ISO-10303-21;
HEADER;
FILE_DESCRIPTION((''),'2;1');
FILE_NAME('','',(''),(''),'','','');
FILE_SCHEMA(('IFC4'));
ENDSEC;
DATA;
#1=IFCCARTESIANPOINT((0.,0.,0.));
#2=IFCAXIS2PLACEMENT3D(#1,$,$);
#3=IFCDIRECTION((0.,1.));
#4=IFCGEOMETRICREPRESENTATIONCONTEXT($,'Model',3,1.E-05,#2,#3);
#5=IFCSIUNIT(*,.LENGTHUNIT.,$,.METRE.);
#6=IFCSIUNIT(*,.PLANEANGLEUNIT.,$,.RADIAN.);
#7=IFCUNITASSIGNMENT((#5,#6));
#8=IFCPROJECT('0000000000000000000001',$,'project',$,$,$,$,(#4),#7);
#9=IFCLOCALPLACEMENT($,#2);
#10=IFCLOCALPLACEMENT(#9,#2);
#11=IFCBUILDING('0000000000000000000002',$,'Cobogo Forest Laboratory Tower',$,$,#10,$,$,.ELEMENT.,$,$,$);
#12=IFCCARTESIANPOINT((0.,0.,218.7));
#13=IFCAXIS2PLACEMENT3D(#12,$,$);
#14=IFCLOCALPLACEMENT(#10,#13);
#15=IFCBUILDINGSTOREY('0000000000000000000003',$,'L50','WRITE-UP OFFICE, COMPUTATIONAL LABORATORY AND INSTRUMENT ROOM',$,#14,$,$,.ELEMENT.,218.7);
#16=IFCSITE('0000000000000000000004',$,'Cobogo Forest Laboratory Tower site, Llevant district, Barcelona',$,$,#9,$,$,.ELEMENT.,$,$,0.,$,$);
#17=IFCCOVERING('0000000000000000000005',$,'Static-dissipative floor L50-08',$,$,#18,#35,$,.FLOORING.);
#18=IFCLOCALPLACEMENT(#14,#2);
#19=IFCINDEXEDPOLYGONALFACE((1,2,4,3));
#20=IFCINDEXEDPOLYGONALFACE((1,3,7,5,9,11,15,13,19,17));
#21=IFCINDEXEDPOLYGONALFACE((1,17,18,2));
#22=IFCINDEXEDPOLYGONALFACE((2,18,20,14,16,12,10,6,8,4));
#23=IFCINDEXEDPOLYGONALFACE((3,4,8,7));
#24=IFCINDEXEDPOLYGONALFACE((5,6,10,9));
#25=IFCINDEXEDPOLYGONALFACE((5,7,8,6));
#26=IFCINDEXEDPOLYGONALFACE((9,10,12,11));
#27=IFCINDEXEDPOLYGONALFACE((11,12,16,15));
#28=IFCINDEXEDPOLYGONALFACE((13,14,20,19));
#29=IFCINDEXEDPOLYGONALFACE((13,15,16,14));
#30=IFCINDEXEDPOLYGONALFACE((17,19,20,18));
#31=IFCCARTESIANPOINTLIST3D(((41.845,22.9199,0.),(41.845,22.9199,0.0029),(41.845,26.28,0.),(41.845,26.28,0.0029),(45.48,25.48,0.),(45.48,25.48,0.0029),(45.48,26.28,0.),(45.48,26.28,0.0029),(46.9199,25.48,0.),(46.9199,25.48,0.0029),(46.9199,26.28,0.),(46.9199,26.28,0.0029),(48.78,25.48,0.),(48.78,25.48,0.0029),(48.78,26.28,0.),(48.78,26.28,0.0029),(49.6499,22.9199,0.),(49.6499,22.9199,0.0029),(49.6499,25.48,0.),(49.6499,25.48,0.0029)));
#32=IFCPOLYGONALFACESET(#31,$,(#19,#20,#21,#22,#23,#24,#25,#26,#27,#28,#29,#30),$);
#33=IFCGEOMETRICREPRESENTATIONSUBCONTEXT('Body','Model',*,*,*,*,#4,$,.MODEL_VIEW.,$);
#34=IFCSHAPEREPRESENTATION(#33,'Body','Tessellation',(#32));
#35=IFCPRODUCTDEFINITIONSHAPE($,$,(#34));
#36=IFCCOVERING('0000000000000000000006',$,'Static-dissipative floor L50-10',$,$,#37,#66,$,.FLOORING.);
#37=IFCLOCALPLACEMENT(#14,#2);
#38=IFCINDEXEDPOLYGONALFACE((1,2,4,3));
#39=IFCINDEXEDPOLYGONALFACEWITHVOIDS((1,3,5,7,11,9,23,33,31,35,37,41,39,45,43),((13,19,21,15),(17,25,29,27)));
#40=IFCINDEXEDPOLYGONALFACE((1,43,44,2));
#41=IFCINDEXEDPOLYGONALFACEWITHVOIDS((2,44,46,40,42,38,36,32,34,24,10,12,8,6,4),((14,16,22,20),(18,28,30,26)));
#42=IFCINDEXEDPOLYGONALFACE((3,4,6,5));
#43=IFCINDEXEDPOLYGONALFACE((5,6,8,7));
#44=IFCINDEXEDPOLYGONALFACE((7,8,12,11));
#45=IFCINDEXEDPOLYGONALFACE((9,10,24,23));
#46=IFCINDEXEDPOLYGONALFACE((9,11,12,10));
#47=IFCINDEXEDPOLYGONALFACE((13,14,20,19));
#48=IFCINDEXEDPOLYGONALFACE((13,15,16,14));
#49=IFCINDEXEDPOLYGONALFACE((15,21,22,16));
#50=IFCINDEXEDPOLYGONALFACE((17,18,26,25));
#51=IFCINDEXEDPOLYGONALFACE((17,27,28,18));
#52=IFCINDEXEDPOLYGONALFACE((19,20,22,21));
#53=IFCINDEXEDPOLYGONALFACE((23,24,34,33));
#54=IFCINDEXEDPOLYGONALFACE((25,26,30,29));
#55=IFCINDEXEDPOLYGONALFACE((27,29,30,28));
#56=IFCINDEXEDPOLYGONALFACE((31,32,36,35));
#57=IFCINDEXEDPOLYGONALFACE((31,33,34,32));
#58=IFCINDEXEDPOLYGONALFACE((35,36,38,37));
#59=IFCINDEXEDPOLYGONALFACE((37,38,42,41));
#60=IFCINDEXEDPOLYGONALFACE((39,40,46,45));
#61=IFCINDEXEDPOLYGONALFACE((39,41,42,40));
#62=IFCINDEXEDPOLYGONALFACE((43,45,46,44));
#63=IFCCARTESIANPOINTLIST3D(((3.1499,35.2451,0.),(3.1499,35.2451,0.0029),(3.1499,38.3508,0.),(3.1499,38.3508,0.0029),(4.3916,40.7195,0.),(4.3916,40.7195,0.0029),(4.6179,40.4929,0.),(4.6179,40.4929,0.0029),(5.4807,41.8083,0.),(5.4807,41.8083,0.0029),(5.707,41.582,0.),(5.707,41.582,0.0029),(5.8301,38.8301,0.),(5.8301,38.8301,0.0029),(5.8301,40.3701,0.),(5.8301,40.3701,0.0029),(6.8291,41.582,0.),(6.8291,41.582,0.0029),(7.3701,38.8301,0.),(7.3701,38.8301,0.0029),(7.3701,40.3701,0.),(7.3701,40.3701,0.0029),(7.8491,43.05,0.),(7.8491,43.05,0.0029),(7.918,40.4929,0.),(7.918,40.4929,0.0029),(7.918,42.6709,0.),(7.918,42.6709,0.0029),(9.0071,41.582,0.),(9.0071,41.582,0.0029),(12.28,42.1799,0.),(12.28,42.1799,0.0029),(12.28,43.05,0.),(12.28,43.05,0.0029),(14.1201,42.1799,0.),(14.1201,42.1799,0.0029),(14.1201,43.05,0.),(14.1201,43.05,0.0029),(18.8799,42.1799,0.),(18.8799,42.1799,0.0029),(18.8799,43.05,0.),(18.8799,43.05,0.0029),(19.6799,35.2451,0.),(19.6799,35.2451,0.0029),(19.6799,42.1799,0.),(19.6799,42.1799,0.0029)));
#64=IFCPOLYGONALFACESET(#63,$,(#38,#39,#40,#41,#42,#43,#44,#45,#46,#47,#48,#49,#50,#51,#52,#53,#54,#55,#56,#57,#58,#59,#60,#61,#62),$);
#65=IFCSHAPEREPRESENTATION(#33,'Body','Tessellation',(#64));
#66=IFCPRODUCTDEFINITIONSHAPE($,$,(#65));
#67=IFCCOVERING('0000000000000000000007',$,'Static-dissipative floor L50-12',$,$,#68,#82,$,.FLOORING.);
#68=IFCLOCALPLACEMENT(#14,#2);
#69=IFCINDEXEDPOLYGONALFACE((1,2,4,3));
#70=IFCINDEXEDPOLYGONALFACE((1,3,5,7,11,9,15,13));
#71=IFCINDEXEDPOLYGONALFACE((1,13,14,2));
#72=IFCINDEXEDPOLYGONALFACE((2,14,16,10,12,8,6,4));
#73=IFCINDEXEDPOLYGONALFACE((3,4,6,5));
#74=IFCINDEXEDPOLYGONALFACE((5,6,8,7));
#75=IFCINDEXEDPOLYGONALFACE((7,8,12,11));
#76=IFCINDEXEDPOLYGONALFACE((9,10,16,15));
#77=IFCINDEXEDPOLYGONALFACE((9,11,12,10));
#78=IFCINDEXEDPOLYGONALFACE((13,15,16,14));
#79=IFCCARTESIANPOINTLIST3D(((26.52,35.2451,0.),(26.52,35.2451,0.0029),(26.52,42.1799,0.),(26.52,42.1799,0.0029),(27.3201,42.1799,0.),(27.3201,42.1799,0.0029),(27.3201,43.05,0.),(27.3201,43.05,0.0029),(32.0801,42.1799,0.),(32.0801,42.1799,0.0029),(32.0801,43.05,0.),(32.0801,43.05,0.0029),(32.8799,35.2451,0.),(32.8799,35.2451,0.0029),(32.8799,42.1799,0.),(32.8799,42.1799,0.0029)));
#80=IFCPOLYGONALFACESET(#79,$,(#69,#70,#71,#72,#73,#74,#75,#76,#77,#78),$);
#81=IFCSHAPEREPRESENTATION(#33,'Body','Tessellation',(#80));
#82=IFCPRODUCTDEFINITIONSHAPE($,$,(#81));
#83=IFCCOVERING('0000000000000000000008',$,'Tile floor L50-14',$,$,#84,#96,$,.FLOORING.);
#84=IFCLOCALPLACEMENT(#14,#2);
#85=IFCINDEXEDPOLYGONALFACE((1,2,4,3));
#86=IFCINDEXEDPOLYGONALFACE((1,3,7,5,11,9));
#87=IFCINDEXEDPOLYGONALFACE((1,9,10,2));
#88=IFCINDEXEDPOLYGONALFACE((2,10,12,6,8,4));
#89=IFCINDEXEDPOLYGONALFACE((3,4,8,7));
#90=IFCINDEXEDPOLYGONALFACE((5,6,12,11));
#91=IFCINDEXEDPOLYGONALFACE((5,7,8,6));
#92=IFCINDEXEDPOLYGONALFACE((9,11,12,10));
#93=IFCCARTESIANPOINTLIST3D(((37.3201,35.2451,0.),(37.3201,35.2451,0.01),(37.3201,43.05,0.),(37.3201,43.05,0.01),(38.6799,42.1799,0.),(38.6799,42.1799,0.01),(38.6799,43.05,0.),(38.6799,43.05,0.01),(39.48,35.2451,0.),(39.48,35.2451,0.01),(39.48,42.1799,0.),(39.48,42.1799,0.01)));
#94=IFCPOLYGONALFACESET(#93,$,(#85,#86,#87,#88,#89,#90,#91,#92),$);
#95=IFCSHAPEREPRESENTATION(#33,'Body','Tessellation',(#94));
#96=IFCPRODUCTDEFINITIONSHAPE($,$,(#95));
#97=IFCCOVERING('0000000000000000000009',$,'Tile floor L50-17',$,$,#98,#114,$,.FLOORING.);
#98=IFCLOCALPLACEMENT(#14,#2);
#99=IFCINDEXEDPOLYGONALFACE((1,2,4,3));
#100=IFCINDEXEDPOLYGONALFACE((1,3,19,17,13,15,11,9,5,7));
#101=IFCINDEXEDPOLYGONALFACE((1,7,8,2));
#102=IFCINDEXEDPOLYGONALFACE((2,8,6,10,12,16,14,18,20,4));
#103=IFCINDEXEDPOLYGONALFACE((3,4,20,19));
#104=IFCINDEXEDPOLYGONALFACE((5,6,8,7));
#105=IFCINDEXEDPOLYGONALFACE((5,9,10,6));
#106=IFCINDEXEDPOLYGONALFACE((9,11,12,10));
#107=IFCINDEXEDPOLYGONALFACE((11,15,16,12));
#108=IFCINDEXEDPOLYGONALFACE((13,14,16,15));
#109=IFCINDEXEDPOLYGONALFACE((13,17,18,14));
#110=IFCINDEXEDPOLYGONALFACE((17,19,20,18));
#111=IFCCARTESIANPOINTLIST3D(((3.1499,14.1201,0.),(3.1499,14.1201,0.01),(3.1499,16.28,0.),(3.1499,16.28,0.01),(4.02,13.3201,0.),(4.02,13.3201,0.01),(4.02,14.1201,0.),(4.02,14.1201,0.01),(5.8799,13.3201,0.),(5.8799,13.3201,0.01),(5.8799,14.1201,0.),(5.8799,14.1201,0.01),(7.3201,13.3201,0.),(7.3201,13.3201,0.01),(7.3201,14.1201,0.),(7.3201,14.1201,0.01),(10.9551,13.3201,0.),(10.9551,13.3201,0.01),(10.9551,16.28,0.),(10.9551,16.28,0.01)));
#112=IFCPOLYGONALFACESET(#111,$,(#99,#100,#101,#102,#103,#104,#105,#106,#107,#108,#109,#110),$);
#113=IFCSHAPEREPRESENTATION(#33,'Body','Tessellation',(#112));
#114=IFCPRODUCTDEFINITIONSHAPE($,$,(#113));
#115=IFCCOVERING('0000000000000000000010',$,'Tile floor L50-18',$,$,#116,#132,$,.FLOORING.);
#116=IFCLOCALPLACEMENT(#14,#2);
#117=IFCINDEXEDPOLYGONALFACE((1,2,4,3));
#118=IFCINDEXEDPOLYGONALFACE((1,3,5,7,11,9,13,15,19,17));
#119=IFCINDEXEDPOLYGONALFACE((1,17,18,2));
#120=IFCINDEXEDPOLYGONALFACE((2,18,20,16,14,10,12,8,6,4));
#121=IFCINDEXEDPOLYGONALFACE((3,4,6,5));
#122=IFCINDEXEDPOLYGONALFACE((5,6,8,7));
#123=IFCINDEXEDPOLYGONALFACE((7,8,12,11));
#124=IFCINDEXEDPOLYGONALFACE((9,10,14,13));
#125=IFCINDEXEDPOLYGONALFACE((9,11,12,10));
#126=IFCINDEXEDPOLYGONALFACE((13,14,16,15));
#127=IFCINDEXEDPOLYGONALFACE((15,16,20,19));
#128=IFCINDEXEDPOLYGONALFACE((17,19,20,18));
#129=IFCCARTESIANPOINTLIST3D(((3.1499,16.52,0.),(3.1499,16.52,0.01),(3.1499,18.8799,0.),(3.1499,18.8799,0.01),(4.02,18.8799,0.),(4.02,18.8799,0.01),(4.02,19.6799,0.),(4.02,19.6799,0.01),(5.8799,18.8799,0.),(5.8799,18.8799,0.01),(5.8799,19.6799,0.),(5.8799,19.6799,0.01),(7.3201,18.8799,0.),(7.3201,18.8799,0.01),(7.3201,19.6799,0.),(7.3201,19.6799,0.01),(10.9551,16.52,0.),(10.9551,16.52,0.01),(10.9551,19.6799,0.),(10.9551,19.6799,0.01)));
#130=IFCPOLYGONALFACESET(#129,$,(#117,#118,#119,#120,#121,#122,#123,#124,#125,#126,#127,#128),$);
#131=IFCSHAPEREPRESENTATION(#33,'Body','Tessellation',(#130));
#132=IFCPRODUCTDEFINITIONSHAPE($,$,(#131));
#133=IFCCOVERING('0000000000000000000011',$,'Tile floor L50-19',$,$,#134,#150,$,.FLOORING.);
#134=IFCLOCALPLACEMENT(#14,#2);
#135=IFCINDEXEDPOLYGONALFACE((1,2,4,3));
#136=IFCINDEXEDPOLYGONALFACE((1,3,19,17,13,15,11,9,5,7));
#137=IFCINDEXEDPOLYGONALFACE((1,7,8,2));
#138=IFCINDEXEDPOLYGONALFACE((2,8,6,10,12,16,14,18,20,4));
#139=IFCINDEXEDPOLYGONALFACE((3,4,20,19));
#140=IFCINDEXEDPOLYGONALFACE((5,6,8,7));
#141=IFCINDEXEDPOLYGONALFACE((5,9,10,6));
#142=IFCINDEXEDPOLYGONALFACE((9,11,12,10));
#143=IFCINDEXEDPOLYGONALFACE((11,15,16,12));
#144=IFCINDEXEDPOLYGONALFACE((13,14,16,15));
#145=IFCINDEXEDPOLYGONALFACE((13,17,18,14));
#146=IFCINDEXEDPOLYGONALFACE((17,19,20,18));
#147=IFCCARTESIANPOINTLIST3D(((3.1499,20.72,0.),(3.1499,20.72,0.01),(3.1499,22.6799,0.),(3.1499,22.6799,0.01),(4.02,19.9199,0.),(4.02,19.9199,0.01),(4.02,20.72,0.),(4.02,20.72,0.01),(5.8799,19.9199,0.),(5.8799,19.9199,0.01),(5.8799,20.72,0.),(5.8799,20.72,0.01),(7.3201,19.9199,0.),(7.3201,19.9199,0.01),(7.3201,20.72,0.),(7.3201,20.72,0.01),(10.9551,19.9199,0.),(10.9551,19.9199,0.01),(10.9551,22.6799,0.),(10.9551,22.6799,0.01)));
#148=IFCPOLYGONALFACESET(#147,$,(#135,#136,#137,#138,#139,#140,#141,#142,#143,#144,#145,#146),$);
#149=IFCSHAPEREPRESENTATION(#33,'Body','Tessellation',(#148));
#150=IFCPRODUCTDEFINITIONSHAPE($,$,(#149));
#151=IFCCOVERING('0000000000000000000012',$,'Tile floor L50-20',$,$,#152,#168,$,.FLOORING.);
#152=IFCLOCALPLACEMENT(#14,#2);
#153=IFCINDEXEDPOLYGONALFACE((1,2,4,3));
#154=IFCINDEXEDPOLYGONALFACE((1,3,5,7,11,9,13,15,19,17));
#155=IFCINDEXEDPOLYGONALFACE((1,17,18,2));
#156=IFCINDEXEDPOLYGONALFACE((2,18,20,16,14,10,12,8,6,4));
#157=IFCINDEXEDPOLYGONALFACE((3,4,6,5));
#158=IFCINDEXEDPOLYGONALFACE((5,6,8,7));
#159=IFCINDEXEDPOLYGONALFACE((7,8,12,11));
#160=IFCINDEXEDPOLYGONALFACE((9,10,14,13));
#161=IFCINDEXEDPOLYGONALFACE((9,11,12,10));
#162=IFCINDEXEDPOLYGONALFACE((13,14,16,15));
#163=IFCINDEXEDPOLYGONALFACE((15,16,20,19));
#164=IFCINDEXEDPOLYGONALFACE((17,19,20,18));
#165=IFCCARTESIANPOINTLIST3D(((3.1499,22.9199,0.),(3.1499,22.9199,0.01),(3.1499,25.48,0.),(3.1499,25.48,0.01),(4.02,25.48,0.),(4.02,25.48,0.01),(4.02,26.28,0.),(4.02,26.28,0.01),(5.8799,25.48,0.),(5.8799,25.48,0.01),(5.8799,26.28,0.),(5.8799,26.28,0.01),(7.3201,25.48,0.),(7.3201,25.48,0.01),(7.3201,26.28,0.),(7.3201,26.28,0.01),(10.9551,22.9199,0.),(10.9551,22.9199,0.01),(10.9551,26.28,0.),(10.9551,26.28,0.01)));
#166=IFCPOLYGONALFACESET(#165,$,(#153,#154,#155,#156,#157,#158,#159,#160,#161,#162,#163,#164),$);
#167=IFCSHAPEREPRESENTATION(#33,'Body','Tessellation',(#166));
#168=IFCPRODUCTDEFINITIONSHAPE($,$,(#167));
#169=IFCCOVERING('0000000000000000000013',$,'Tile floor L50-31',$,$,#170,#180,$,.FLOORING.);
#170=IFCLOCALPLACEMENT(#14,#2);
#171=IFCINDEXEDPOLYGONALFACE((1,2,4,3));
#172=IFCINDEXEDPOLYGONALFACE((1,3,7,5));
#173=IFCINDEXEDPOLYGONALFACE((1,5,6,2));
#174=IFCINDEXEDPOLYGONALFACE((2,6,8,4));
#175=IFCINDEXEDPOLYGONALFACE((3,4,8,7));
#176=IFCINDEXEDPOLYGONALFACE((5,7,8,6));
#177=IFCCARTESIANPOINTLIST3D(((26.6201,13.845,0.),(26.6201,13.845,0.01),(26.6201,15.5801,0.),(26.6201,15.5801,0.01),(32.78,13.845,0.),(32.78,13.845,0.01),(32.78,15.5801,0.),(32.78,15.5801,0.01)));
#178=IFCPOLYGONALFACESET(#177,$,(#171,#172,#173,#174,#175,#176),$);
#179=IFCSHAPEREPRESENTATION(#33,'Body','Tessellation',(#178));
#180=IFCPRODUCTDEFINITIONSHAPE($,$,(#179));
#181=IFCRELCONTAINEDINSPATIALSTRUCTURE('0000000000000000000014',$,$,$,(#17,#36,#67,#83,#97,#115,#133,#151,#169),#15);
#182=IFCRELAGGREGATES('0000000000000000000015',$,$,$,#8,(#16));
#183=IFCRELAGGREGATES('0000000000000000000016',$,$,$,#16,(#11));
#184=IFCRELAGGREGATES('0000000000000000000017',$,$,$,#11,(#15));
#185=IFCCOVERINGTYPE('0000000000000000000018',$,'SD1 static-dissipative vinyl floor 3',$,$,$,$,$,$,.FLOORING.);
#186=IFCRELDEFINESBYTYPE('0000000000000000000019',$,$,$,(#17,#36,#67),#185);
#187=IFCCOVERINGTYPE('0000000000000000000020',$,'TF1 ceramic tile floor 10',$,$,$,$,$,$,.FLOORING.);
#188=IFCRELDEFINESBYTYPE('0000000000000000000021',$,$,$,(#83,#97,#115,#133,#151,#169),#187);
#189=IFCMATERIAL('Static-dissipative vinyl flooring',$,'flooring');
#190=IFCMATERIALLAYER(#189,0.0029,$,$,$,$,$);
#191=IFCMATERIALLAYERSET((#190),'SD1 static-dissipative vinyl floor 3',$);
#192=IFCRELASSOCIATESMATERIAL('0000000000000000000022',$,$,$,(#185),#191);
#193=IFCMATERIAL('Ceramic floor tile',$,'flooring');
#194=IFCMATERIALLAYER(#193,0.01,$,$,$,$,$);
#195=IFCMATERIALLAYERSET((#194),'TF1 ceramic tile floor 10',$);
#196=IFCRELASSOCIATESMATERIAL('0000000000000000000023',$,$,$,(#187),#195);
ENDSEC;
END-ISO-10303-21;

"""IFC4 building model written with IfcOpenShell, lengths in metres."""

from ifc_helpers import new_model, si_unit, direction, frame, origin, place, context, subcontext, project, spatial, polyline, outline, extrude, material, layer, layer_set, type_object, element, save


model = new_model("IFC4")

# Units and contexts
model_context = context("Model", 3, precision=1e-05, world=origin(), true_north=direction((0.0, 1.0)))
body_context = subcontext(model_context, "Body", "Model", "MODEL_VIEW")
ifc_project = project(units=[si_unit("LENGTHUNIT", "METRE"), si_unit("PLANEANGLEUNIT", "RADIAN")], contexts=[model_context])

# Site, building, storey
site_placement = place(None, origin())
site = spatial("IfcSite", under=ifc_project, at=site_placement, Name="Cobogo Forest Laboratory Tower site, Llevant district, Barcelona", CompositionType="ELEMENT", RefElevation=0.0)
building_placement = place(site_placement, origin())
building = spatial("IfcBuilding", under=site, at=building_placement, Name="Cobogo Forest Laboratory Tower", CompositionType="ELEMENT")
storey_placement = place(building_placement, frame((0.0, 0.0, 218.7)))
storey = spatial("IfcBuildingStorey", under=building, at=storey_placement, Name="L50", Description="WRITE-UP OFFICE, COMPUTATIONAL LABORATORY AND INSTRUMENT ROOM", CompositionType="ELEMENT", Elevation=218.7)

# Coverings
ifc_material_1 = material(Name="Static-dissipative vinyl flooring", Category="flooring")
ifc_layer_1 = layer(ifc_material_1, 0.0029)
ifc_layer_set_1 = layer_set([ifc_layer_1], Name="SD1 static-dissipative vinyl floor 3")
covering_type_1 = type_object("IfcCoveringType", Name="SD1 static-dissipative vinyl floor 3", PredefinedType="FLOORING", material=ifc_layer_set_1)
covering_1_placement = place(storey_placement, origin())
element("IfcCovering", 1, at=covering_1_placement, inside=storey, type_object=covering_type_1, Name="Static-dissipative floor L50-08", PredefinedType="FLOORING", context=body_context, shape_type="SweptSolid", body=[
    extrude(outline(polyline([(41.845, 26.28), (45.48, 26.28), (45.48, 25.48), (46.9199, 25.48), (46.9199, 26.28), (48.78, 26.28), (48.78, 25.48), (49.6499, 25.48), (49.6499, 22.9199), (41.845, 22.9199), (41.845, 26.28)])), origin(), (0.0, 0.0, 1.0), 0.0029),
])
covering_2_placement = place(storey_placement, origin())
element("IfcCovering", 2, at=covering_2_placement, inside=storey, type_object=covering_type_1, Name="Static-dissipative floor L50-10", PredefinedType="FLOORING", context=body_context, shape_type="SweptSolid", body=[
    extrude(outline(polyline([(3.1499, 35.2451), (3.1499, 38.3508), (4.3916, 40.7195), (4.6179, 40.4929), (5.707, 41.582), (5.4807, 41.8083), (7.8491, 43.05), (12.28, 43.05), (12.28, 42.1799), (14.1201, 42.1799), (14.1201, 43.05), (18.8799, 43.05), (18.8799, 42.1799), (19.6799, 42.1799), (19.6799, 35.2451), (3.1499, 35.2451)]), holes=[polyline([(7.918, 40.4929), (9.0071, 41.582), (7.918, 42.6709), (6.8291, 41.582), (7.918, 40.4929)]), polyline([(5.8301, 38.8301), (7.3701, 38.8301), (7.3701, 40.3701), (5.8301, 40.3701), (5.8301, 38.8301)])]), origin(), (0.0, 0.0, 1.0), 0.0029),
])
covering_3_placement = place(storey_placement, origin())
element("IfcCovering", 3, at=covering_3_placement, inside=storey, type_object=covering_type_1, Name="Static-dissipative floor L50-12", PredefinedType="FLOORING", context=body_context, shape_type="SweptSolid", body=[
    extrude(outline(polyline([(26.52, 35.2451), (26.52, 42.1799), (27.3201, 42.1799), (27.3201, 43.05), (32.0801, 43.05), (32.0801, 42.1799), (32.8799, 42.1799), (32.8799, 35.2451), (26.52, 35.2451)])), origin(), (0.0, 0.0, 1.0), 0.0029),
])
ifc_material_2 = material(Name="Ceramic floor tile", Category="flooring")
ifc_layer_2 = layer(ifc_material_2, 0.01)
ifc_layer_set_2 = layer_set([ifc_layer_2], Name="TF1 ceramic tile floor 10")
covering_type_2 = type_object("IfcCoveringType", Name="TF1 ceramic tile floor 10", PredefinedType="FLOORING", material=ifc_layer_set_2)
covering_4_placement = place(storey_placement, origin())
element("IfcCovering", 4, at=covering_4_placement, inside=storey, type_object=covering_type_2, Name="Tile floor L50-14", PredefinedType="FLOORING", context=body_context, shape_type="SweptSolid", body=[
    extrude(outline(polyline([(37.3201, 35.2451), (37.3201, 43.05), (38.6799, 43.05), (38.6799, 42.1799), (39.48, 42.1799), (39.48, 35.2451), (37.3201, 35.2451)])), origin(), (0.0, 0.0, 1.0), 0.01),
])
covering_5_placement = place(storey_placement, origin())
element("IfcCovering", 5, at=covering_5_placement, inside=storey, type_object=covering_type_2, Name="Tile floor L50-17", PredefinedType="FLOORING", context=body_context, shape_type="SweptSolid", body=[
    extrude(outline(polyline([(10.9551, 13.3201), (7.3201, 13.3201), (7.3201, 14.1201), (5.8799, 14.1201), (5.8799, 13.3201), (4.02, 13.3201), (4.02, 14.1201), (3.1499, 14.1201), (3.1499, 16.28), (10.9551, 16.28), (10.9551, 13.3201)])), origin(), (0.0, 0.0, 1.0), 0.01),
])
covering_6_placement = place(storey_placement, origin())
element("IfcCovering", 6, at=covering_6_placement, inside=storey, type_object=covering_type_2, Name="Tile floor L50-18", PredefinedType="FLOORING", context=body_context, shape_type="SweptSolid", body=[
    extrude(outline(polyline([(10.9551, 16.52), (3.1499, 16.52), (3.1499, 18.8799), (4.02, 18.8799), (4.02, 19.6799), (5.8799, 19.6799), (5.8799, 18.8799), (7.3201, 18.8799), (7.3201, 19.6799), (10.9551, 19.6799), (10.9551, 16.52)])), origin(), (0.0, 0.0, 1.0), 0.01),
])
covering_7_placement = place(storey_placement, origin())
element("IfcCovering", 7, at=covering_7_placement, inside=storey, type_object=covering_type_2, Name="Tile floor L50-19", PredefinedType="FLOORING", context=body_context, shape_type="SweptSolid", body=[
    extrude(outline(polyline([(10.9551, 19.9199), (7.3201, 19.9199), (7.3201, 20.72), (5.8799, 20.72), (5.8799, 19.9199), (4.02, 19.9199), (4.02, 20.72), (3.1499, 20.72), (3.1499, 22.6799), (10.9551, 22.6799), (10.9551, 19.9199)])), origin(), (0.0, 0.0, 1.0), 0.01),
])
covering_8_placement = place(storey_placement, origin())
element("IfcCovering", 8, at=covering_8_placement, inside=storey, type_object=covering_type_2, Name="Tile floor L50-20", PredefinedType="FLOORING", context=body_context, shape_type="SweptSolid", body=[
    extrude(outline(polyline([(10.9551, 22.9199), (3.1499, 22.9199), (3.1499, 25.48), (4.02, 25.48), (4.02, 26.28), (5.8799, 26.28), (5.8799, 25.48), (7.3201, 25.48), (7.3201, 26.28), (10.9551, 26.28), (10.9551, 22.9199)])), origin(), (0.0, 0.0, 1.0), 0.01),
])
covering_9_placement = place(storey_placement, origin())
element("IfcCovering", 9, at=covering_9_placement, inside=storey, type_object=covering_type_2, Name="Tile floor L50-31", PredefinedType="FLOORING", context=body_context, shape_type="SweptSolid", body=[
    extrude(outline(polyline([(32.78, 13.845), (26.6201, 13.845), (26.6201, 15.5801), (32.78, 15.5801), (32.78, 13.845)])), origin(), (0.0, 0.0, 1.0), 0.01),
])

save(model, "model.ifc")
